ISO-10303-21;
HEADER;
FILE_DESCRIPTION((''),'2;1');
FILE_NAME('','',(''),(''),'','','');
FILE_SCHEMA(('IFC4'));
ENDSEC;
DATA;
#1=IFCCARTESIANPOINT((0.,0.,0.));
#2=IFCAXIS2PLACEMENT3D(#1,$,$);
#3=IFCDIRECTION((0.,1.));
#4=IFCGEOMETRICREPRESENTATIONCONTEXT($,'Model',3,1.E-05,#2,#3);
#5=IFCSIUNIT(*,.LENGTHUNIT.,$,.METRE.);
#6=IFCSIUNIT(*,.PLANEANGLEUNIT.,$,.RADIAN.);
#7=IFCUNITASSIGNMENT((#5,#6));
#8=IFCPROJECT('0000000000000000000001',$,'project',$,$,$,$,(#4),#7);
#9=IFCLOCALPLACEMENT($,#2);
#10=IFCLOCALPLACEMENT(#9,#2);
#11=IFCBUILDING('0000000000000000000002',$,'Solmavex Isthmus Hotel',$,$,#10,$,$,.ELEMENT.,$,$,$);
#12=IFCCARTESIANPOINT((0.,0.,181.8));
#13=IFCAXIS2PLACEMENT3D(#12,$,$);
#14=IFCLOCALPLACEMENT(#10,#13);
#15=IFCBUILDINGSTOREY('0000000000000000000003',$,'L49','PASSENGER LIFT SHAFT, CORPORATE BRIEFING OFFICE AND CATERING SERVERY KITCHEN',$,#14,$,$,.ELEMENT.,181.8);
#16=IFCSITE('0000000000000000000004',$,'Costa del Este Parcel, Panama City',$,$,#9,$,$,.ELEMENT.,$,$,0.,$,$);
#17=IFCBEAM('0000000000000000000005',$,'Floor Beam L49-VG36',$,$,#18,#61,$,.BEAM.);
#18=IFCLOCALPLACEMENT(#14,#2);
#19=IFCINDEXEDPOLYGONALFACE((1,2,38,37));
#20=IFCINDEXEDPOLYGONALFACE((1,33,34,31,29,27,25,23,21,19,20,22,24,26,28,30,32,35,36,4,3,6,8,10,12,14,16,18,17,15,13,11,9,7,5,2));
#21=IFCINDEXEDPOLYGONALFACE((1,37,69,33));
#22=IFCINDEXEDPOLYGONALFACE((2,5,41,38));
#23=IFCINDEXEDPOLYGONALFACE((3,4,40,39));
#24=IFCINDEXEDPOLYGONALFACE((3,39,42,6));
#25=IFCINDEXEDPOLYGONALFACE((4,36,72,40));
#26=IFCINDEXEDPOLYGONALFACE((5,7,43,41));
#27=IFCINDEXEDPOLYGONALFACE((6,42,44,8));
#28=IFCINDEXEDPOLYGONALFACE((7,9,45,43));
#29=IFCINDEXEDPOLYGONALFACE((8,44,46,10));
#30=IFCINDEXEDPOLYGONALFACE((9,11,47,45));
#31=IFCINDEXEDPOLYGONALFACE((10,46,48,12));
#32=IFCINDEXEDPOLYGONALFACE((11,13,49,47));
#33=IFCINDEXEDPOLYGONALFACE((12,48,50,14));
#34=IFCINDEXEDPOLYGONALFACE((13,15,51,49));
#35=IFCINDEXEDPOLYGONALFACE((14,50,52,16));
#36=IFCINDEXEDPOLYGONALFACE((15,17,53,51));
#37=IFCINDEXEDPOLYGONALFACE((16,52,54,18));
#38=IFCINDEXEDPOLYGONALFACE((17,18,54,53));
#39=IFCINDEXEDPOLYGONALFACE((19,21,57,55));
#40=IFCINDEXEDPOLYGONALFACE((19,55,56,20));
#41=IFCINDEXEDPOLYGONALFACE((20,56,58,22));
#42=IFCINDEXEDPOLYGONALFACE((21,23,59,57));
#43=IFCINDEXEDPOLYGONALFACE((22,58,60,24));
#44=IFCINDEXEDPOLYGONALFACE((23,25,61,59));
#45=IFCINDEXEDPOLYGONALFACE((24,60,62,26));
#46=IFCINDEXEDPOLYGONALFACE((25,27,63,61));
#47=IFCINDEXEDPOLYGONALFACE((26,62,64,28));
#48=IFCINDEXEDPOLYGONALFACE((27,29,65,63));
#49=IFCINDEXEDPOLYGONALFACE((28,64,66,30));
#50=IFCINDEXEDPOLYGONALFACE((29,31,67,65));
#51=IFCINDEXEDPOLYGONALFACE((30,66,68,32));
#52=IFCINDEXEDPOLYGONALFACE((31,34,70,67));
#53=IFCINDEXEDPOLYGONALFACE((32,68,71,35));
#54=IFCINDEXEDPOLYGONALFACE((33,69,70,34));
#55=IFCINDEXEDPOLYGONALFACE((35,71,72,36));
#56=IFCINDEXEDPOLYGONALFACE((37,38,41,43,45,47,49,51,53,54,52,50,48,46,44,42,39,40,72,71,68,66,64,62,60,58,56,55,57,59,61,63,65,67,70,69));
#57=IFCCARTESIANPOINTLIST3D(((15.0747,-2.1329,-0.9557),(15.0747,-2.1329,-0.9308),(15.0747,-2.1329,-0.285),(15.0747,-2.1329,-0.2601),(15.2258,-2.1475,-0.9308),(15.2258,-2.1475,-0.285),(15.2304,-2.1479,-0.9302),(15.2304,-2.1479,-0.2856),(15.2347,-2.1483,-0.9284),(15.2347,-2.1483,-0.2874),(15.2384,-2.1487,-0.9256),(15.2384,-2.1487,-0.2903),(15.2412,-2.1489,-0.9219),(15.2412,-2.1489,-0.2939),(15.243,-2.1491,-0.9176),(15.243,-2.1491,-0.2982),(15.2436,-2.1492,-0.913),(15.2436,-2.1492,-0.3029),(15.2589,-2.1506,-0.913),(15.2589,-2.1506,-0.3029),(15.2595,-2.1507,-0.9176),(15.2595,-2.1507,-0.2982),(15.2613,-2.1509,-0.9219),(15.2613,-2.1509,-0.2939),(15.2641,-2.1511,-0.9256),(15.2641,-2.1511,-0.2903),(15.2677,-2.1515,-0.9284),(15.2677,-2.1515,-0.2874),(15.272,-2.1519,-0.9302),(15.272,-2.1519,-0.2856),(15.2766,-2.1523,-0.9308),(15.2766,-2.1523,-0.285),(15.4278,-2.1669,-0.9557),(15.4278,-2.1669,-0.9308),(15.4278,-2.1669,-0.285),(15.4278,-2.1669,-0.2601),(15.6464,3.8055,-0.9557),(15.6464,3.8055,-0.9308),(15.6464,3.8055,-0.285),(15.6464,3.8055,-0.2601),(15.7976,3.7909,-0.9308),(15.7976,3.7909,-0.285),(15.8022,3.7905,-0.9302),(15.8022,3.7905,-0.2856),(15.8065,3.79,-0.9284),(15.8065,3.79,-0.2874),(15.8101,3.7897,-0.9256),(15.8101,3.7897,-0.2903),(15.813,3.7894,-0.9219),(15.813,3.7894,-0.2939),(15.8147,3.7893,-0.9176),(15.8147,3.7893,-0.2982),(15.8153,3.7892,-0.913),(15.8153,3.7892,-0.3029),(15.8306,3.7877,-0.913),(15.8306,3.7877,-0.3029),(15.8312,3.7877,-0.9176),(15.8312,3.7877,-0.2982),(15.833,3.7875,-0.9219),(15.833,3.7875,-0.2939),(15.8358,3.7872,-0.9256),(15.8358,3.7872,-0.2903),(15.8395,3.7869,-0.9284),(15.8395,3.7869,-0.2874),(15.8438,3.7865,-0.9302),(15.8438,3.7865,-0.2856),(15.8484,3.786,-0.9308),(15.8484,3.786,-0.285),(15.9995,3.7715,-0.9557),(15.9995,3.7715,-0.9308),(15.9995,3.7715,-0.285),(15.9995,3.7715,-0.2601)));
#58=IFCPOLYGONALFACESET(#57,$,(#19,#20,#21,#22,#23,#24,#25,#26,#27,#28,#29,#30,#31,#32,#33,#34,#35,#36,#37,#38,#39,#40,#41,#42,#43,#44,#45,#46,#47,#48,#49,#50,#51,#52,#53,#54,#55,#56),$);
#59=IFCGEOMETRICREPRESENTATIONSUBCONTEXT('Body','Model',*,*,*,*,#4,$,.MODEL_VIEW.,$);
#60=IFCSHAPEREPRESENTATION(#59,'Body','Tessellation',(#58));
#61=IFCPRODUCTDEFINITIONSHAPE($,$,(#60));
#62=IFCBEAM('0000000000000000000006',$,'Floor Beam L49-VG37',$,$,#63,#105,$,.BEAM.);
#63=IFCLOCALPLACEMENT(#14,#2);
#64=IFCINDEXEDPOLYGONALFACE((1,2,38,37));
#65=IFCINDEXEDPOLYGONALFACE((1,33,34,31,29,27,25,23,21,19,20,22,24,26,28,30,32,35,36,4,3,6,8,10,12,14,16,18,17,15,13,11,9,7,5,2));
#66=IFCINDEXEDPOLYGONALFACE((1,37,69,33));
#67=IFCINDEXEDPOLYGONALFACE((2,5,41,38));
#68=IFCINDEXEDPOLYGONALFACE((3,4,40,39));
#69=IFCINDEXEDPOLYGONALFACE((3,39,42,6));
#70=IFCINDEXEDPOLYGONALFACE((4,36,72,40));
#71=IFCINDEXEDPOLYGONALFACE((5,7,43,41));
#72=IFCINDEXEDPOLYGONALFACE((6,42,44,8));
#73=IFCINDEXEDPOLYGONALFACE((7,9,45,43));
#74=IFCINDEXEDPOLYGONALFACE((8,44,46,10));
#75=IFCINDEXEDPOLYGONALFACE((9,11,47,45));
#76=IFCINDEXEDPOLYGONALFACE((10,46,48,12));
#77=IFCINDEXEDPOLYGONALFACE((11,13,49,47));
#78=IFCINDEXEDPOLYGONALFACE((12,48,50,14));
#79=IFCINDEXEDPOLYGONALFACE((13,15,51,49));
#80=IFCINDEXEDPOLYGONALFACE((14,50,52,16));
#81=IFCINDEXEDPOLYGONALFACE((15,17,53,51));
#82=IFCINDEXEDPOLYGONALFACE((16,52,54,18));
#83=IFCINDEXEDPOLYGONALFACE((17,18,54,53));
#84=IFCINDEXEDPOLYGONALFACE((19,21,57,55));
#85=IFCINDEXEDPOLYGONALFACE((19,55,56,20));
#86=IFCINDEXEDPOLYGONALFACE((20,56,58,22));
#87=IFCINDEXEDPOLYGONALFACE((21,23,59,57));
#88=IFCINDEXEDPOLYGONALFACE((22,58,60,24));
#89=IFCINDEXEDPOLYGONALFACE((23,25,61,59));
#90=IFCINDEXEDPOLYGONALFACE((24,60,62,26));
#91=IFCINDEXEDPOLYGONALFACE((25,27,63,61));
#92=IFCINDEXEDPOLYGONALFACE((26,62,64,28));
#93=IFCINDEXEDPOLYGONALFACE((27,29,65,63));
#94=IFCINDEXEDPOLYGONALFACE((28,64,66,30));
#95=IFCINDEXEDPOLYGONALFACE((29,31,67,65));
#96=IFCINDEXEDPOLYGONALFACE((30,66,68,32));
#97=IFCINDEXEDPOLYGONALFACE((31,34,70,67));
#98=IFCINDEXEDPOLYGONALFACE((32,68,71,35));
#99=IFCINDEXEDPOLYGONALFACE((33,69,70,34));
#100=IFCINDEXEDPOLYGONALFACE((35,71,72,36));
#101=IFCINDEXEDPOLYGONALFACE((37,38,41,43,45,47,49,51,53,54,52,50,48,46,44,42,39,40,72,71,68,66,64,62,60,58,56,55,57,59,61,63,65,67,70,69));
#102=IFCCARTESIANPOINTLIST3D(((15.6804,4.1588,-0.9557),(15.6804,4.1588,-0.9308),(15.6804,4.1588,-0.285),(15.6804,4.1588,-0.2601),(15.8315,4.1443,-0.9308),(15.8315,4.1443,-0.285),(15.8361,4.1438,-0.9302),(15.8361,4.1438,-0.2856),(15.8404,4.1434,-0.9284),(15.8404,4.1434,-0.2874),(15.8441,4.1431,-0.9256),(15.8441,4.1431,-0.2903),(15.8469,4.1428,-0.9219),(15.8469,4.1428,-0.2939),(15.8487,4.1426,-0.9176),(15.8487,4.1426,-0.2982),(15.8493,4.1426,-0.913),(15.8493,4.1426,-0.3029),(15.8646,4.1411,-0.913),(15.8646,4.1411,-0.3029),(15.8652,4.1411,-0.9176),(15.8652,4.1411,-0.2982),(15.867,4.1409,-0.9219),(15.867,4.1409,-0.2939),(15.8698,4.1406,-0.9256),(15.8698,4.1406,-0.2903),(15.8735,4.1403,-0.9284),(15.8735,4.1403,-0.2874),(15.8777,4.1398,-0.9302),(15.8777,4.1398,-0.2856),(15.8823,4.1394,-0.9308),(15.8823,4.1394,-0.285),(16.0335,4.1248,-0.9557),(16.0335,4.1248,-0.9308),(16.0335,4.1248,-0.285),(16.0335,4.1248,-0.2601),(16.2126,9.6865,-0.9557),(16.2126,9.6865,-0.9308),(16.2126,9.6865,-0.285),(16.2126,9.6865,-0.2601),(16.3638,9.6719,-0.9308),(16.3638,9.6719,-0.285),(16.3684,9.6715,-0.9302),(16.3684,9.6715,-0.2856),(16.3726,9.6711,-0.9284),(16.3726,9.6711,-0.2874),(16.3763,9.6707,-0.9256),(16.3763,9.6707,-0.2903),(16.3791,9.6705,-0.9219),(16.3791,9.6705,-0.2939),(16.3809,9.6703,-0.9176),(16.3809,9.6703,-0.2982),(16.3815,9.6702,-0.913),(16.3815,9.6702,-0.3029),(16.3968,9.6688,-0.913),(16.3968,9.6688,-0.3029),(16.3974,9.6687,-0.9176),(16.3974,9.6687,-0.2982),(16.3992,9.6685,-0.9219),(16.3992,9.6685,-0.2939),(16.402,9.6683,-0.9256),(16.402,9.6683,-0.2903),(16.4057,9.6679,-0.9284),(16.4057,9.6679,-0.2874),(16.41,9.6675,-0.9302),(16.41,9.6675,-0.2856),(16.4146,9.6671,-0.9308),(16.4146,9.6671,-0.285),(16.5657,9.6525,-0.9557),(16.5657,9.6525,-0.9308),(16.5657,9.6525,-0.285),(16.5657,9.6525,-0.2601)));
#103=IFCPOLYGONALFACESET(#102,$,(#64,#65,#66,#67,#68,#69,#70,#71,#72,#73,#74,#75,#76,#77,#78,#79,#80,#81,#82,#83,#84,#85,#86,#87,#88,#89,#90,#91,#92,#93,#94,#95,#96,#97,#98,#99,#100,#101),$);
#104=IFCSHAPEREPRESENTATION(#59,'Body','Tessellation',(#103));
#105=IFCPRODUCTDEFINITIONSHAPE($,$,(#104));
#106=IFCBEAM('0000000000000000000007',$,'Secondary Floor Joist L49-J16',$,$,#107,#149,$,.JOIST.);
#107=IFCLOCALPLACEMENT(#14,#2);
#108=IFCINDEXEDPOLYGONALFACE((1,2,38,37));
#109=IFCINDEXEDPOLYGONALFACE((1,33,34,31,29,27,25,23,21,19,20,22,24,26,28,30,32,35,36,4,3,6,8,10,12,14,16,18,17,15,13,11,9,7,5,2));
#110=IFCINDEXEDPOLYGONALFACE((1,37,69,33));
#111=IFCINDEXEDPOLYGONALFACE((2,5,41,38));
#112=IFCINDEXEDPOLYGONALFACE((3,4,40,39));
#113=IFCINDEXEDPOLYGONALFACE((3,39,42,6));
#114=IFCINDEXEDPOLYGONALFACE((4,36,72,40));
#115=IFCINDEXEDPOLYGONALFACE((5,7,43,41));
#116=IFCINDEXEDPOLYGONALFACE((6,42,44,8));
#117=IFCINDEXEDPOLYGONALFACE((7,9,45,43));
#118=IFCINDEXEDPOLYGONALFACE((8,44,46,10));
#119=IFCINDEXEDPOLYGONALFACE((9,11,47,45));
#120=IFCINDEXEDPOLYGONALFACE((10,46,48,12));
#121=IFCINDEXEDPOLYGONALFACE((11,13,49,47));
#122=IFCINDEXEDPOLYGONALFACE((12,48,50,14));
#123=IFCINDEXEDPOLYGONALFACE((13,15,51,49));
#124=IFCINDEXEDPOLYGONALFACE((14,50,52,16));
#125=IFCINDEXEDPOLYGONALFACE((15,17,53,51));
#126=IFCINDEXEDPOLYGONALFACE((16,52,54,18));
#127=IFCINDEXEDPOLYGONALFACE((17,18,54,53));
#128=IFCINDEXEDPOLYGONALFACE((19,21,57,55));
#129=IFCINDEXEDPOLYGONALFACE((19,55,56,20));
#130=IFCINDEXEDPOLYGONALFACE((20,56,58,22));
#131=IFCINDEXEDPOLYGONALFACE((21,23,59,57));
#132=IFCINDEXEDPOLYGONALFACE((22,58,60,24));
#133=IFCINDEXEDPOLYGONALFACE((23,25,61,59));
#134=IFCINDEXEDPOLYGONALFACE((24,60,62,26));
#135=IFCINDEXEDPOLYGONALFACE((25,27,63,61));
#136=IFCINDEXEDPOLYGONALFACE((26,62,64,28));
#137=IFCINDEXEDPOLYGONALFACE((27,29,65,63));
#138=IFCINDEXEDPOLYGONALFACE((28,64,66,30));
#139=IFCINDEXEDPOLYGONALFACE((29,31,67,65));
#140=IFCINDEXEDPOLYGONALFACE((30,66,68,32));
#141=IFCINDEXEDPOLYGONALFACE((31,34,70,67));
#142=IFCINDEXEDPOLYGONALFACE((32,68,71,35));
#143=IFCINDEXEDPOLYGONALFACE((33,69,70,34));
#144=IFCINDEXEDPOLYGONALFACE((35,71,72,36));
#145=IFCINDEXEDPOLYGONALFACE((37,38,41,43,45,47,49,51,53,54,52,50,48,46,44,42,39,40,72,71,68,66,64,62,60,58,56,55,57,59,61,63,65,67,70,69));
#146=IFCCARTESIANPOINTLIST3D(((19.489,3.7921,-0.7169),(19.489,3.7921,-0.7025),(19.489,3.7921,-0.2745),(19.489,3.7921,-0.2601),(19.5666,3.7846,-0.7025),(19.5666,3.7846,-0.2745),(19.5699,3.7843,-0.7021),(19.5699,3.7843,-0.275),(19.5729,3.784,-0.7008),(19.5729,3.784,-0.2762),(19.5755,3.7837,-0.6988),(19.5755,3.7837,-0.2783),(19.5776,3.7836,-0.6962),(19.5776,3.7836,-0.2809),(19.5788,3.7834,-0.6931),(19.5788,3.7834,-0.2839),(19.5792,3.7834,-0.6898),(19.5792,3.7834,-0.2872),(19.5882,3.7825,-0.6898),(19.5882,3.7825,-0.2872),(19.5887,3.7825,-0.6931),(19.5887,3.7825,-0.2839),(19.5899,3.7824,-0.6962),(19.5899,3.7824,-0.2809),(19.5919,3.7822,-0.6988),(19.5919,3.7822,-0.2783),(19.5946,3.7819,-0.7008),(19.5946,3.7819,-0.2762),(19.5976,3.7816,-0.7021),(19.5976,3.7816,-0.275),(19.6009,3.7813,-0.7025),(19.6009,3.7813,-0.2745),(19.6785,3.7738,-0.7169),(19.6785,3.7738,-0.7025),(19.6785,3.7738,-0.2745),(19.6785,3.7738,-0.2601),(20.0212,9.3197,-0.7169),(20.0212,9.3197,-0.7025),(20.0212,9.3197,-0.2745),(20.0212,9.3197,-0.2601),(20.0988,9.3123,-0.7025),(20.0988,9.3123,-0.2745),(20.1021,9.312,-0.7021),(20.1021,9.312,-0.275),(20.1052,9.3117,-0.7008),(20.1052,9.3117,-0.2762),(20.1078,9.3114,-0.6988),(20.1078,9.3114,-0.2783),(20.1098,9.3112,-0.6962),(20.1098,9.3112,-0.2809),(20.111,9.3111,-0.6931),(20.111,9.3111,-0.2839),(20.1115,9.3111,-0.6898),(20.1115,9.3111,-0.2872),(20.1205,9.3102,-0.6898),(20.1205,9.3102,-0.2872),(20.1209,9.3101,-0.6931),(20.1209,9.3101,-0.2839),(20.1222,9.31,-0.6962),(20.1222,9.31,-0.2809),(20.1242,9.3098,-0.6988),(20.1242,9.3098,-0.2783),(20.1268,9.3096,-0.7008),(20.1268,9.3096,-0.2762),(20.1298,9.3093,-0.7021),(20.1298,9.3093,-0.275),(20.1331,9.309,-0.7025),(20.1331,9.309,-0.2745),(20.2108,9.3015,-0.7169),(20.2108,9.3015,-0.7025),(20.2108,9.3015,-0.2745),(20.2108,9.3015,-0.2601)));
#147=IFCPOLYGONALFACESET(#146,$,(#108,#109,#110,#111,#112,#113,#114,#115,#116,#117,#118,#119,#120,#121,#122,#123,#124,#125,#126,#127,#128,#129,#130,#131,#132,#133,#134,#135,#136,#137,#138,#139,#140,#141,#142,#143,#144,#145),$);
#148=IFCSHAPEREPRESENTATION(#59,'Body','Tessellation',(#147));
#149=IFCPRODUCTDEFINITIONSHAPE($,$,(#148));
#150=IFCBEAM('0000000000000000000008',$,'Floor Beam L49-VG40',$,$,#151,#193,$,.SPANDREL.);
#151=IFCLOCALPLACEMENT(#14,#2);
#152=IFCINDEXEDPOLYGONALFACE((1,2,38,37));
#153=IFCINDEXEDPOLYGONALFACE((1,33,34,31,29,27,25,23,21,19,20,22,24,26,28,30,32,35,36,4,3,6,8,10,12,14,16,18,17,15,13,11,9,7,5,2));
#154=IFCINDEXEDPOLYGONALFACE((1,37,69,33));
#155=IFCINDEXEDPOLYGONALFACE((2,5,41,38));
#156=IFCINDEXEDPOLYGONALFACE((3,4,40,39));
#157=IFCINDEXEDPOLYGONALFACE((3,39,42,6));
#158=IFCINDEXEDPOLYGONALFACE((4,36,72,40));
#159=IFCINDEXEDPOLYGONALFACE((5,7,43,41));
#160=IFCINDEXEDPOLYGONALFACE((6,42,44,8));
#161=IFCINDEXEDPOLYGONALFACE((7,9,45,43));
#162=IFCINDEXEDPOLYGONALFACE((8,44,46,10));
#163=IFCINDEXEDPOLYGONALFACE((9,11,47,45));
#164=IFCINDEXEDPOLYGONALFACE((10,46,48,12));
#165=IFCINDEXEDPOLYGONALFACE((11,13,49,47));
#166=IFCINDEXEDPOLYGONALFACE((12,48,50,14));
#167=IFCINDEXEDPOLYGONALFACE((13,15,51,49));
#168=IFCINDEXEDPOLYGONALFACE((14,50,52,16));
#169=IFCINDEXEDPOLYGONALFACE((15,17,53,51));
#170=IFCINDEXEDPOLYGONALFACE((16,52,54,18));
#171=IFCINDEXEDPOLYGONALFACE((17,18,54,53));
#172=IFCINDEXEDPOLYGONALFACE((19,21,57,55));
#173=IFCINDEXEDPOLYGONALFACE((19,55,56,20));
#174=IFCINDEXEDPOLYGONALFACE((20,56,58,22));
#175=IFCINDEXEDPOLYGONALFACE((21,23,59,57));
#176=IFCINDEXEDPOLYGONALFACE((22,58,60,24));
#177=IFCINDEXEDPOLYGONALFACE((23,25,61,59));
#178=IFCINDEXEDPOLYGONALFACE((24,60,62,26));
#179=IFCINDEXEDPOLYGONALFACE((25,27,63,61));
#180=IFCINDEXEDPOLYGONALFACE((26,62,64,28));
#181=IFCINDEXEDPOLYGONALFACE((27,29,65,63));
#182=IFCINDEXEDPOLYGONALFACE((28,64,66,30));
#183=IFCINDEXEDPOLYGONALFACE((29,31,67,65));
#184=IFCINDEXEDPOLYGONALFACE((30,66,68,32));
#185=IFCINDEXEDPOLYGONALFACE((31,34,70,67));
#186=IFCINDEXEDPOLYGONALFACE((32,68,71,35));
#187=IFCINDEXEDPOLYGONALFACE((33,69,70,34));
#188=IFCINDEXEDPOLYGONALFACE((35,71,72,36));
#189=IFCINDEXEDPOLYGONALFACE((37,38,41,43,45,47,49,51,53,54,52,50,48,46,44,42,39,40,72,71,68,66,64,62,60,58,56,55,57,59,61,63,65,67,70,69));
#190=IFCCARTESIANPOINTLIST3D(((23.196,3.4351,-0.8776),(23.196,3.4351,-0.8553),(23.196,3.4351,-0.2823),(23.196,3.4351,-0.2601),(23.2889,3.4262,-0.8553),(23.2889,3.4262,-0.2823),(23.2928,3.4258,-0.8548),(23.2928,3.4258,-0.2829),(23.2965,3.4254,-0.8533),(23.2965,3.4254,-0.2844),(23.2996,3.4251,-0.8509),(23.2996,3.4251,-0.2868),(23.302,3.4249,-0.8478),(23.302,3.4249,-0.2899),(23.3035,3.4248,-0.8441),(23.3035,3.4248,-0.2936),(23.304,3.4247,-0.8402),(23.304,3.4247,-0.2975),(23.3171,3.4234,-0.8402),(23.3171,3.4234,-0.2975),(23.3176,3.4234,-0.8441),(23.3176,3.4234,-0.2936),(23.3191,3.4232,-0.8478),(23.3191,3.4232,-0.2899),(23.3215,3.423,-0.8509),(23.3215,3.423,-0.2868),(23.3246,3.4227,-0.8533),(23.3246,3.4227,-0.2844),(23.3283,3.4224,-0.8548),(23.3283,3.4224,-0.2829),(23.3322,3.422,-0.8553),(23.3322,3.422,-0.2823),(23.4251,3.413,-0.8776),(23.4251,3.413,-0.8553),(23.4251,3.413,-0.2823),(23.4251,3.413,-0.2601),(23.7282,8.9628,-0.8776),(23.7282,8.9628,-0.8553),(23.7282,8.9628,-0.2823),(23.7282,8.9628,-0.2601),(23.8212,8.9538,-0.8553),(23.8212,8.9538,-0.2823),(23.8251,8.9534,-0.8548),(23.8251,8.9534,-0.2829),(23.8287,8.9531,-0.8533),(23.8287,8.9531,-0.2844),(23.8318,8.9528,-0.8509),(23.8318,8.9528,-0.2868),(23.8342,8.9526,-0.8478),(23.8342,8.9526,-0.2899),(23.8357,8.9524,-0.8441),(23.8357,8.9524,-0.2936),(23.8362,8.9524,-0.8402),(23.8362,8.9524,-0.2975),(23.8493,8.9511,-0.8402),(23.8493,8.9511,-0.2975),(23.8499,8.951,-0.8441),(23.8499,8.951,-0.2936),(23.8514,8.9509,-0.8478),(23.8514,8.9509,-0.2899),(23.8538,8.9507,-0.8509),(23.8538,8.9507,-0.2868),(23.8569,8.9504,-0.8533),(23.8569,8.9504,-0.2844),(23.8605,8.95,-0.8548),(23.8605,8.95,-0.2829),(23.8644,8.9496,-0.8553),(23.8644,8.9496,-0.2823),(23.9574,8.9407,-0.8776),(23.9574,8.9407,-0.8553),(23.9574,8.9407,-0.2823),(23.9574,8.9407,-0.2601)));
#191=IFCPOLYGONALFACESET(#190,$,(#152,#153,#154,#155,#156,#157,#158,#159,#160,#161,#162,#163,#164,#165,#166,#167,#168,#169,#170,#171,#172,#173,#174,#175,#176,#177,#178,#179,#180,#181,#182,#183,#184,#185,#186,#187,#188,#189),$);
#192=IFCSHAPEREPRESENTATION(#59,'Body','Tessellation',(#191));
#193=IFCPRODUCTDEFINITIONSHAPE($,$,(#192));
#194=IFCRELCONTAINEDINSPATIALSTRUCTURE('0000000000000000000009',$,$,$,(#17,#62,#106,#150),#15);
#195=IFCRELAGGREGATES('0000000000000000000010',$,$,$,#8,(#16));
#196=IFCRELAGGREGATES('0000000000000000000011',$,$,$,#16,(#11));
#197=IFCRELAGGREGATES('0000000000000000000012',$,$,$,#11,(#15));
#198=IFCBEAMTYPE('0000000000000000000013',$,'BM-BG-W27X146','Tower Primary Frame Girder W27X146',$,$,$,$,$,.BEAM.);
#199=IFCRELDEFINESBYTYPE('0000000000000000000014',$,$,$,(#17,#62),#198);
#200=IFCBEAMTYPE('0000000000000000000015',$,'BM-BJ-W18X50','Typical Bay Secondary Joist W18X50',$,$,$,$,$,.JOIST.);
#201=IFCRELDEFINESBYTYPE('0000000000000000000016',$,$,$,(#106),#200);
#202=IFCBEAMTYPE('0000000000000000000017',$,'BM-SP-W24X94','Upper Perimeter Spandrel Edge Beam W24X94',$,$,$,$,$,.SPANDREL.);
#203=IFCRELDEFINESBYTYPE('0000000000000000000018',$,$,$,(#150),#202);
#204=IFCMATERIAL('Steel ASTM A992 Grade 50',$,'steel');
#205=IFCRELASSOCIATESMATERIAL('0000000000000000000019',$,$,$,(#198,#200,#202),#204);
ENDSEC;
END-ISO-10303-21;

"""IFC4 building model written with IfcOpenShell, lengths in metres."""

from ifc_helpers import new_model, si_unit, direction, frame, origin, origin_2d, place, context, subcontext, project, spatial, i_section, extrude, material, material_profile, profile_set, type_object, element, save


model = new_model("IFC4")

# Units and contexts
model_context = context("Model", 3, precision=1e-05, world=origin(), true_north=direction((0.0, 1.0)))
body_context = subcontext(model_context, "Body", "Model", "MODEL_VIEW")
ifc_project = project(units=[si_unit("LENGTHUNIT", "METRE"), si_unit("PLANEANGLEUNIT", "RADIAN")], contexts=[model_context])

# Site, building, storey
site_placement = place(None, origin())
site = spatial("IfcSite", under=ifc_project, at=site_placement, Name="Costa del Este Parcel, Panama City", CompositionType="ELEMENT", RefElevation=0.0)
building_placement = place(site_placement, origin())
building = spatial("IfcBuilding", under=site, at=building_placement, Name="Solmavex Isthmus Hotel", CompositionType="ELEMENT")
storey_placement = place(building_placement, frame((0.0, 0.0, 181.8)))
storey = spatial("IfcBuildingStorey", under=building, at=storey_placement, Name="L49", Description="PASSENGER LIFT SHAFT, CORPORATE BRIEFING OFFICE AND CATERING SERVERY KITCHEN", CompositionType="ELEMENT", Elevation=181.8)

# Beams
ifc_material_1 = material(Name="Steel ASTM A992 Grade 50", Category="steel")
ifc_material_profile_1 = material_profile(ifc_material_1, i_section(OverallWidth=0.3547, OverallDepth=0.6956, WebThickness=0.0154, FlangeThickness=0.0249, FilletRadius=0.0178, at=origin_2d()), Name="W27X146")
ifc_profile_set_1 = profile_set([ifc_material_profile_1], Name="Steel ASTM A992 Grade 50")
beam_type_1 = type_object("IfcBeamType", Name="BM-BG-W27X146", Description="Tower Primary Frame Girder W27X146", PredefinedType="BEAM", material=ifc_profile_set_1)
beam_1_placement = place(storey_placement, frame((15.2512, -2.1499, -0.6079), z_axis=(0.09584, 0.995397, 0.0), x_axis=(-0.995397, 0.09584, 0.0)))
element("IfcBeam", 1, at=beam_1_placement, inside=storey, type_object=beam_type_1, Name="Floor Beam L49-VG36", PredefinedType="BEAM", context=body_context, shape_type="SweptSolid", body=[
    extrude(i_section(OverallWidth=0.3547, OverallDepth=0.6956, WebThickness=0.0154, FlangeThickness=0.0249, FilletRadius=0.0178, at=origin_2d()), origin(), (0.0, 0.0, 1.0), 5.9658),
])
beam_2_placement = place(storey_placement, frame((15.8569, 4.1418, -0.6079), z_axis=(0.095842, 0.995397, 0.0), x_axis=(-0.995397, 0.095842, 0.0)))
element("IfcBeam", 2, at=beam_2_placement, inside=storey, type_object=beam_type_1, Name="Floor Beam L49-VG37", PredefinedType="BEAM", context=body_context, shape_type="SweptSolid", body=[
    extrude(i_section(OverallWidth=0.3547, OverallDepth=0.6956, WebThickness=0.0154, FlangeThickness=0.0249, FilletRadius=0.0178, at=origin_2d()), origin(), (0.0, 0.0, 1.0), 5.5532),
])
ifc_material_profile_2 = material_profile(ifc_material_1, i_section(OverallWidth=0.1904, OverallDepth=0.4568, WebThickness=0.009, FlangeThickness=0.0144, FilletRadius=0.0127, at=origin_2d()), Name="W18X50")
ifc_profile_set_2 = profile_set([ifc_material_profile_2], Name="Steel ASTM A992 Grade 50")
beam_type_2 = type_object("IfcBeamType", Name="BM-BJ-W18X50", Description="Typical Bay Secondary Joist W18X50", PredefinedType="JOIST", material=ifc_profile_set_2)
beam_3_placement = place(storey_placement, frame((19.5837, 3.783, -0.4885), z_axis=(0.095842, 0.995397, 0.0), x_axis=(-0.995397, 0.095842, 0.0)))
element("IfcBeam", 3, at=beam_3_placement, inside=storey, type_object=beam_type_2, Name="Secondary Floor Joist L49-J16", PredefinedType="JOIST", context=body_context, shape_type="SweptSolid", body=[
    extrude(i_section(OverallWidth=0.1904, OverallDepth=0.4568, WebThickness=0.009, FlangeThickness=0.0144, FilletRadius=0.0127, at=origin_2d()), origin(), (0.0, 0.0, 1.0), 5.5532),
])
ifc_material_profile_3 = material_profile(ifc_material_1, i_section(OverallWidth=0.2302, OverallDepth=0.6174, WebThickness=0.0132, FlangeThickness=0.0222, FilletRadius=0.0151, at=origin_2d()), Name="W24X94")
ifc_profile_set_3 = profile_set([ifc_material_profile_3], Name="Steel ASTM A992 Grade 50")
beam_type_3 = type_object("IfcBeamType", Name="BM-SP-W24X94", Description="Upper Perimeter Spandrel Edge Beam W24X94", PredefinedType="SPANDREL", material=ifc_profile_set_3)
beam_4_placement = place(storey_placement, frame((23.3105, 3.4241, -0.5688), z_axis=(0.095842, 0.995397, 0.0), x_axis=(-0.995397, 0.095842, 0.0)))
element("IfcBeam", 4, at=beam_4_placement, inside=storey, type_object=beam_type_3, Name="Floor Beam L49-VG40", PredefinedType="SPANDREL", context=body_context, shape_type="SweptSolid", body=[
    extrude(i_section(OverallWidth=0.2302, OverallDepth=0.6174, WebThickness=0.0132, FlangeThickness=0.0222, FilletRadius=0.0151, at=origin_2d()), origin(), (0.0, 0.0, 1.0), 5.5532),
])

save(model, "model.ifc")
